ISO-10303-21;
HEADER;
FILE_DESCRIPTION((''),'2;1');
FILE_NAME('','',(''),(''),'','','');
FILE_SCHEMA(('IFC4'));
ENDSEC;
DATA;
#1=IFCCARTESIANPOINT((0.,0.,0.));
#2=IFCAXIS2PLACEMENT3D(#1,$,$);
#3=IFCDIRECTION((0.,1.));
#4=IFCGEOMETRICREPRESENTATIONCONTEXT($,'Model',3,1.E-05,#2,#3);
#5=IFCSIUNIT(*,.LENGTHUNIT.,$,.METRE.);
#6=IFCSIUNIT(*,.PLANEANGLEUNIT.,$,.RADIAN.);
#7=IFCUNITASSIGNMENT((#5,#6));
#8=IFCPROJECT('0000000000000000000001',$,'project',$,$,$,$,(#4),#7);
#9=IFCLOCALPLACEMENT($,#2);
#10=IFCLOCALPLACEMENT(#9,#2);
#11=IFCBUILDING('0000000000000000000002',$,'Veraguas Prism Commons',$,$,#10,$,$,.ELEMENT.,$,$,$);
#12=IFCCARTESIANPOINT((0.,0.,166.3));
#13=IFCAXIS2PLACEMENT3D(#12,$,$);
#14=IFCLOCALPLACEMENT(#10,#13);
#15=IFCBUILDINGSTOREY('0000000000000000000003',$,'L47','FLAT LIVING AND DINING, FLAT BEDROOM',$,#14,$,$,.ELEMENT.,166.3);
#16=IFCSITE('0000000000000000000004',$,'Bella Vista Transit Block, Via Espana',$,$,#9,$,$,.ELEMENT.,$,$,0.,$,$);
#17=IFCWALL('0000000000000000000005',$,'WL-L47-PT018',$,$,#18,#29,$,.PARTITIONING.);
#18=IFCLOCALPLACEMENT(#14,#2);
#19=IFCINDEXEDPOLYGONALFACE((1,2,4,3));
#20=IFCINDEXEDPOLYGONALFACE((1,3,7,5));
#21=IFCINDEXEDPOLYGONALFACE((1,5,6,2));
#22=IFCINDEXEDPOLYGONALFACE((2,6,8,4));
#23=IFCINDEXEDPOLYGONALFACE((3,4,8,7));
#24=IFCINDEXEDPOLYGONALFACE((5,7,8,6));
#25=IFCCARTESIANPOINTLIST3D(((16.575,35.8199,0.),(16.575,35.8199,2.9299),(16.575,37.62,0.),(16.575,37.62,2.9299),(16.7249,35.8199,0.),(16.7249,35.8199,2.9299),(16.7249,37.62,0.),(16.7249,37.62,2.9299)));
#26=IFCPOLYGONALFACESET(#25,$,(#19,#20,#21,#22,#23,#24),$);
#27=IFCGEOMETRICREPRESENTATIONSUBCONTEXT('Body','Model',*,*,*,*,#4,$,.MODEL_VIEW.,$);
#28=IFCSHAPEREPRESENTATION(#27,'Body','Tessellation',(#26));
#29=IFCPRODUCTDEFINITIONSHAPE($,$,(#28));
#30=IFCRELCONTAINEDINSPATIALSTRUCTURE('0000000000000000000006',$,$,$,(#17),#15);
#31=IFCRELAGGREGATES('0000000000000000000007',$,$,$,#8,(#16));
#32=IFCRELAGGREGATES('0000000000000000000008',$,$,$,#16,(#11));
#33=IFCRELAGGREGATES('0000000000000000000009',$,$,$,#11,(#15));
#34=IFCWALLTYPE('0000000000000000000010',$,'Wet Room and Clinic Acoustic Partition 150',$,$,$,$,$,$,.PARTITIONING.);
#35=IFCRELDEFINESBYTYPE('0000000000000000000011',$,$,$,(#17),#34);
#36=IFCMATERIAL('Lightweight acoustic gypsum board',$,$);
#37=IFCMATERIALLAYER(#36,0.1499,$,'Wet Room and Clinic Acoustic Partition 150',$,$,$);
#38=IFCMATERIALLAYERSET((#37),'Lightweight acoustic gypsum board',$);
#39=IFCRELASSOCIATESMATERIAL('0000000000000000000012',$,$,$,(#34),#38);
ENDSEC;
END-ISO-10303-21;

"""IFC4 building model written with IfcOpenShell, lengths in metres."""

from ifc_helpers import new_model, si_unit, direction, frame, frame_2d, origin, place, context, subcontext, project, spatial, rectangle, extrude, material, layer, layer_set, type_object, element, save


model = new_model("IFC4")

# Units and contexts
model_context = context("Model", 3, precision=1e-05, world=origin(), true_north=direction((0.0, 1.0)))
body_context = subcontext(model_context, "Body", "Model", "MODEL_VIEW")
ifc_project = project(units=[si_unit("LENGTHUNIT", "METRE"), si_unit("PLANEANGLEUNIT", "RADIAN")], contexts=[model_context])

# Site, building, storey
site_placement = place(None, origin())
site = spatial("IfcSite", under=ifc_project, at=site_placement, Name="Bella Vista Transit Block, Via Espana", CompositionType="ELEMENT", RefElevation=0.0)
building_placement = place(site_placement, origin())
building = spatial("IfcBuilding", under=site, at=building_placement, Name="Veraguas Prism Commons", CompositionType="ELEMENT")
storey_placement = place(building_placement, frame((0.0, 0.0, 166.3)))
storey = spatial("IfcBuildingStorey", under=building, at=storey_placement, Name="L47", Description="FLAT LIVING AND DINING, FLAT BEDROOM", CompositionType="ELEMENT", Elevation=166.3)

# Shared definitions
ifc_material_1 = material(Name="Lightweight acoustic gypsum board")

# Wall
ifc_layer_1 = layer(ifc_material_1, 0.1499, Name="Wet Room and Clinic Acoustic Partition 150")
ifc_layer_set_1 = layer_set([ifc_layer_1], Name="Lightweight acoustic gypsum board")
wall_type_1 = type_object("IfcWallType", Name="Wet Room and Clinic Acoustic Partition 150", PredefinedType="PARTITIONING", material=ifc_layer_set_1)
wall_1_placement = place(storey_placement, frame((16.6499, 35.8201, 0.0), z_axis=(0.0, 0.0, 1.0), x_axis=(0.0, 1.0, 0.0)))
element("IfcWall", 1, at=wall_1_placement, inside=storey, type_object=wall_type_1, Name="WL-L47-PT018", PredefinedType="PARTITIONING", context=body_context, shape_type="SweptSolid", body=[
    extrude(rectangle(XDim=1.8, YDim=0.1499, at=frame_2d((0.8999, 0.0))), origin(), (0.0, 0.0, 1.0), 2.9299),
])

save(model, "model.ifc")
